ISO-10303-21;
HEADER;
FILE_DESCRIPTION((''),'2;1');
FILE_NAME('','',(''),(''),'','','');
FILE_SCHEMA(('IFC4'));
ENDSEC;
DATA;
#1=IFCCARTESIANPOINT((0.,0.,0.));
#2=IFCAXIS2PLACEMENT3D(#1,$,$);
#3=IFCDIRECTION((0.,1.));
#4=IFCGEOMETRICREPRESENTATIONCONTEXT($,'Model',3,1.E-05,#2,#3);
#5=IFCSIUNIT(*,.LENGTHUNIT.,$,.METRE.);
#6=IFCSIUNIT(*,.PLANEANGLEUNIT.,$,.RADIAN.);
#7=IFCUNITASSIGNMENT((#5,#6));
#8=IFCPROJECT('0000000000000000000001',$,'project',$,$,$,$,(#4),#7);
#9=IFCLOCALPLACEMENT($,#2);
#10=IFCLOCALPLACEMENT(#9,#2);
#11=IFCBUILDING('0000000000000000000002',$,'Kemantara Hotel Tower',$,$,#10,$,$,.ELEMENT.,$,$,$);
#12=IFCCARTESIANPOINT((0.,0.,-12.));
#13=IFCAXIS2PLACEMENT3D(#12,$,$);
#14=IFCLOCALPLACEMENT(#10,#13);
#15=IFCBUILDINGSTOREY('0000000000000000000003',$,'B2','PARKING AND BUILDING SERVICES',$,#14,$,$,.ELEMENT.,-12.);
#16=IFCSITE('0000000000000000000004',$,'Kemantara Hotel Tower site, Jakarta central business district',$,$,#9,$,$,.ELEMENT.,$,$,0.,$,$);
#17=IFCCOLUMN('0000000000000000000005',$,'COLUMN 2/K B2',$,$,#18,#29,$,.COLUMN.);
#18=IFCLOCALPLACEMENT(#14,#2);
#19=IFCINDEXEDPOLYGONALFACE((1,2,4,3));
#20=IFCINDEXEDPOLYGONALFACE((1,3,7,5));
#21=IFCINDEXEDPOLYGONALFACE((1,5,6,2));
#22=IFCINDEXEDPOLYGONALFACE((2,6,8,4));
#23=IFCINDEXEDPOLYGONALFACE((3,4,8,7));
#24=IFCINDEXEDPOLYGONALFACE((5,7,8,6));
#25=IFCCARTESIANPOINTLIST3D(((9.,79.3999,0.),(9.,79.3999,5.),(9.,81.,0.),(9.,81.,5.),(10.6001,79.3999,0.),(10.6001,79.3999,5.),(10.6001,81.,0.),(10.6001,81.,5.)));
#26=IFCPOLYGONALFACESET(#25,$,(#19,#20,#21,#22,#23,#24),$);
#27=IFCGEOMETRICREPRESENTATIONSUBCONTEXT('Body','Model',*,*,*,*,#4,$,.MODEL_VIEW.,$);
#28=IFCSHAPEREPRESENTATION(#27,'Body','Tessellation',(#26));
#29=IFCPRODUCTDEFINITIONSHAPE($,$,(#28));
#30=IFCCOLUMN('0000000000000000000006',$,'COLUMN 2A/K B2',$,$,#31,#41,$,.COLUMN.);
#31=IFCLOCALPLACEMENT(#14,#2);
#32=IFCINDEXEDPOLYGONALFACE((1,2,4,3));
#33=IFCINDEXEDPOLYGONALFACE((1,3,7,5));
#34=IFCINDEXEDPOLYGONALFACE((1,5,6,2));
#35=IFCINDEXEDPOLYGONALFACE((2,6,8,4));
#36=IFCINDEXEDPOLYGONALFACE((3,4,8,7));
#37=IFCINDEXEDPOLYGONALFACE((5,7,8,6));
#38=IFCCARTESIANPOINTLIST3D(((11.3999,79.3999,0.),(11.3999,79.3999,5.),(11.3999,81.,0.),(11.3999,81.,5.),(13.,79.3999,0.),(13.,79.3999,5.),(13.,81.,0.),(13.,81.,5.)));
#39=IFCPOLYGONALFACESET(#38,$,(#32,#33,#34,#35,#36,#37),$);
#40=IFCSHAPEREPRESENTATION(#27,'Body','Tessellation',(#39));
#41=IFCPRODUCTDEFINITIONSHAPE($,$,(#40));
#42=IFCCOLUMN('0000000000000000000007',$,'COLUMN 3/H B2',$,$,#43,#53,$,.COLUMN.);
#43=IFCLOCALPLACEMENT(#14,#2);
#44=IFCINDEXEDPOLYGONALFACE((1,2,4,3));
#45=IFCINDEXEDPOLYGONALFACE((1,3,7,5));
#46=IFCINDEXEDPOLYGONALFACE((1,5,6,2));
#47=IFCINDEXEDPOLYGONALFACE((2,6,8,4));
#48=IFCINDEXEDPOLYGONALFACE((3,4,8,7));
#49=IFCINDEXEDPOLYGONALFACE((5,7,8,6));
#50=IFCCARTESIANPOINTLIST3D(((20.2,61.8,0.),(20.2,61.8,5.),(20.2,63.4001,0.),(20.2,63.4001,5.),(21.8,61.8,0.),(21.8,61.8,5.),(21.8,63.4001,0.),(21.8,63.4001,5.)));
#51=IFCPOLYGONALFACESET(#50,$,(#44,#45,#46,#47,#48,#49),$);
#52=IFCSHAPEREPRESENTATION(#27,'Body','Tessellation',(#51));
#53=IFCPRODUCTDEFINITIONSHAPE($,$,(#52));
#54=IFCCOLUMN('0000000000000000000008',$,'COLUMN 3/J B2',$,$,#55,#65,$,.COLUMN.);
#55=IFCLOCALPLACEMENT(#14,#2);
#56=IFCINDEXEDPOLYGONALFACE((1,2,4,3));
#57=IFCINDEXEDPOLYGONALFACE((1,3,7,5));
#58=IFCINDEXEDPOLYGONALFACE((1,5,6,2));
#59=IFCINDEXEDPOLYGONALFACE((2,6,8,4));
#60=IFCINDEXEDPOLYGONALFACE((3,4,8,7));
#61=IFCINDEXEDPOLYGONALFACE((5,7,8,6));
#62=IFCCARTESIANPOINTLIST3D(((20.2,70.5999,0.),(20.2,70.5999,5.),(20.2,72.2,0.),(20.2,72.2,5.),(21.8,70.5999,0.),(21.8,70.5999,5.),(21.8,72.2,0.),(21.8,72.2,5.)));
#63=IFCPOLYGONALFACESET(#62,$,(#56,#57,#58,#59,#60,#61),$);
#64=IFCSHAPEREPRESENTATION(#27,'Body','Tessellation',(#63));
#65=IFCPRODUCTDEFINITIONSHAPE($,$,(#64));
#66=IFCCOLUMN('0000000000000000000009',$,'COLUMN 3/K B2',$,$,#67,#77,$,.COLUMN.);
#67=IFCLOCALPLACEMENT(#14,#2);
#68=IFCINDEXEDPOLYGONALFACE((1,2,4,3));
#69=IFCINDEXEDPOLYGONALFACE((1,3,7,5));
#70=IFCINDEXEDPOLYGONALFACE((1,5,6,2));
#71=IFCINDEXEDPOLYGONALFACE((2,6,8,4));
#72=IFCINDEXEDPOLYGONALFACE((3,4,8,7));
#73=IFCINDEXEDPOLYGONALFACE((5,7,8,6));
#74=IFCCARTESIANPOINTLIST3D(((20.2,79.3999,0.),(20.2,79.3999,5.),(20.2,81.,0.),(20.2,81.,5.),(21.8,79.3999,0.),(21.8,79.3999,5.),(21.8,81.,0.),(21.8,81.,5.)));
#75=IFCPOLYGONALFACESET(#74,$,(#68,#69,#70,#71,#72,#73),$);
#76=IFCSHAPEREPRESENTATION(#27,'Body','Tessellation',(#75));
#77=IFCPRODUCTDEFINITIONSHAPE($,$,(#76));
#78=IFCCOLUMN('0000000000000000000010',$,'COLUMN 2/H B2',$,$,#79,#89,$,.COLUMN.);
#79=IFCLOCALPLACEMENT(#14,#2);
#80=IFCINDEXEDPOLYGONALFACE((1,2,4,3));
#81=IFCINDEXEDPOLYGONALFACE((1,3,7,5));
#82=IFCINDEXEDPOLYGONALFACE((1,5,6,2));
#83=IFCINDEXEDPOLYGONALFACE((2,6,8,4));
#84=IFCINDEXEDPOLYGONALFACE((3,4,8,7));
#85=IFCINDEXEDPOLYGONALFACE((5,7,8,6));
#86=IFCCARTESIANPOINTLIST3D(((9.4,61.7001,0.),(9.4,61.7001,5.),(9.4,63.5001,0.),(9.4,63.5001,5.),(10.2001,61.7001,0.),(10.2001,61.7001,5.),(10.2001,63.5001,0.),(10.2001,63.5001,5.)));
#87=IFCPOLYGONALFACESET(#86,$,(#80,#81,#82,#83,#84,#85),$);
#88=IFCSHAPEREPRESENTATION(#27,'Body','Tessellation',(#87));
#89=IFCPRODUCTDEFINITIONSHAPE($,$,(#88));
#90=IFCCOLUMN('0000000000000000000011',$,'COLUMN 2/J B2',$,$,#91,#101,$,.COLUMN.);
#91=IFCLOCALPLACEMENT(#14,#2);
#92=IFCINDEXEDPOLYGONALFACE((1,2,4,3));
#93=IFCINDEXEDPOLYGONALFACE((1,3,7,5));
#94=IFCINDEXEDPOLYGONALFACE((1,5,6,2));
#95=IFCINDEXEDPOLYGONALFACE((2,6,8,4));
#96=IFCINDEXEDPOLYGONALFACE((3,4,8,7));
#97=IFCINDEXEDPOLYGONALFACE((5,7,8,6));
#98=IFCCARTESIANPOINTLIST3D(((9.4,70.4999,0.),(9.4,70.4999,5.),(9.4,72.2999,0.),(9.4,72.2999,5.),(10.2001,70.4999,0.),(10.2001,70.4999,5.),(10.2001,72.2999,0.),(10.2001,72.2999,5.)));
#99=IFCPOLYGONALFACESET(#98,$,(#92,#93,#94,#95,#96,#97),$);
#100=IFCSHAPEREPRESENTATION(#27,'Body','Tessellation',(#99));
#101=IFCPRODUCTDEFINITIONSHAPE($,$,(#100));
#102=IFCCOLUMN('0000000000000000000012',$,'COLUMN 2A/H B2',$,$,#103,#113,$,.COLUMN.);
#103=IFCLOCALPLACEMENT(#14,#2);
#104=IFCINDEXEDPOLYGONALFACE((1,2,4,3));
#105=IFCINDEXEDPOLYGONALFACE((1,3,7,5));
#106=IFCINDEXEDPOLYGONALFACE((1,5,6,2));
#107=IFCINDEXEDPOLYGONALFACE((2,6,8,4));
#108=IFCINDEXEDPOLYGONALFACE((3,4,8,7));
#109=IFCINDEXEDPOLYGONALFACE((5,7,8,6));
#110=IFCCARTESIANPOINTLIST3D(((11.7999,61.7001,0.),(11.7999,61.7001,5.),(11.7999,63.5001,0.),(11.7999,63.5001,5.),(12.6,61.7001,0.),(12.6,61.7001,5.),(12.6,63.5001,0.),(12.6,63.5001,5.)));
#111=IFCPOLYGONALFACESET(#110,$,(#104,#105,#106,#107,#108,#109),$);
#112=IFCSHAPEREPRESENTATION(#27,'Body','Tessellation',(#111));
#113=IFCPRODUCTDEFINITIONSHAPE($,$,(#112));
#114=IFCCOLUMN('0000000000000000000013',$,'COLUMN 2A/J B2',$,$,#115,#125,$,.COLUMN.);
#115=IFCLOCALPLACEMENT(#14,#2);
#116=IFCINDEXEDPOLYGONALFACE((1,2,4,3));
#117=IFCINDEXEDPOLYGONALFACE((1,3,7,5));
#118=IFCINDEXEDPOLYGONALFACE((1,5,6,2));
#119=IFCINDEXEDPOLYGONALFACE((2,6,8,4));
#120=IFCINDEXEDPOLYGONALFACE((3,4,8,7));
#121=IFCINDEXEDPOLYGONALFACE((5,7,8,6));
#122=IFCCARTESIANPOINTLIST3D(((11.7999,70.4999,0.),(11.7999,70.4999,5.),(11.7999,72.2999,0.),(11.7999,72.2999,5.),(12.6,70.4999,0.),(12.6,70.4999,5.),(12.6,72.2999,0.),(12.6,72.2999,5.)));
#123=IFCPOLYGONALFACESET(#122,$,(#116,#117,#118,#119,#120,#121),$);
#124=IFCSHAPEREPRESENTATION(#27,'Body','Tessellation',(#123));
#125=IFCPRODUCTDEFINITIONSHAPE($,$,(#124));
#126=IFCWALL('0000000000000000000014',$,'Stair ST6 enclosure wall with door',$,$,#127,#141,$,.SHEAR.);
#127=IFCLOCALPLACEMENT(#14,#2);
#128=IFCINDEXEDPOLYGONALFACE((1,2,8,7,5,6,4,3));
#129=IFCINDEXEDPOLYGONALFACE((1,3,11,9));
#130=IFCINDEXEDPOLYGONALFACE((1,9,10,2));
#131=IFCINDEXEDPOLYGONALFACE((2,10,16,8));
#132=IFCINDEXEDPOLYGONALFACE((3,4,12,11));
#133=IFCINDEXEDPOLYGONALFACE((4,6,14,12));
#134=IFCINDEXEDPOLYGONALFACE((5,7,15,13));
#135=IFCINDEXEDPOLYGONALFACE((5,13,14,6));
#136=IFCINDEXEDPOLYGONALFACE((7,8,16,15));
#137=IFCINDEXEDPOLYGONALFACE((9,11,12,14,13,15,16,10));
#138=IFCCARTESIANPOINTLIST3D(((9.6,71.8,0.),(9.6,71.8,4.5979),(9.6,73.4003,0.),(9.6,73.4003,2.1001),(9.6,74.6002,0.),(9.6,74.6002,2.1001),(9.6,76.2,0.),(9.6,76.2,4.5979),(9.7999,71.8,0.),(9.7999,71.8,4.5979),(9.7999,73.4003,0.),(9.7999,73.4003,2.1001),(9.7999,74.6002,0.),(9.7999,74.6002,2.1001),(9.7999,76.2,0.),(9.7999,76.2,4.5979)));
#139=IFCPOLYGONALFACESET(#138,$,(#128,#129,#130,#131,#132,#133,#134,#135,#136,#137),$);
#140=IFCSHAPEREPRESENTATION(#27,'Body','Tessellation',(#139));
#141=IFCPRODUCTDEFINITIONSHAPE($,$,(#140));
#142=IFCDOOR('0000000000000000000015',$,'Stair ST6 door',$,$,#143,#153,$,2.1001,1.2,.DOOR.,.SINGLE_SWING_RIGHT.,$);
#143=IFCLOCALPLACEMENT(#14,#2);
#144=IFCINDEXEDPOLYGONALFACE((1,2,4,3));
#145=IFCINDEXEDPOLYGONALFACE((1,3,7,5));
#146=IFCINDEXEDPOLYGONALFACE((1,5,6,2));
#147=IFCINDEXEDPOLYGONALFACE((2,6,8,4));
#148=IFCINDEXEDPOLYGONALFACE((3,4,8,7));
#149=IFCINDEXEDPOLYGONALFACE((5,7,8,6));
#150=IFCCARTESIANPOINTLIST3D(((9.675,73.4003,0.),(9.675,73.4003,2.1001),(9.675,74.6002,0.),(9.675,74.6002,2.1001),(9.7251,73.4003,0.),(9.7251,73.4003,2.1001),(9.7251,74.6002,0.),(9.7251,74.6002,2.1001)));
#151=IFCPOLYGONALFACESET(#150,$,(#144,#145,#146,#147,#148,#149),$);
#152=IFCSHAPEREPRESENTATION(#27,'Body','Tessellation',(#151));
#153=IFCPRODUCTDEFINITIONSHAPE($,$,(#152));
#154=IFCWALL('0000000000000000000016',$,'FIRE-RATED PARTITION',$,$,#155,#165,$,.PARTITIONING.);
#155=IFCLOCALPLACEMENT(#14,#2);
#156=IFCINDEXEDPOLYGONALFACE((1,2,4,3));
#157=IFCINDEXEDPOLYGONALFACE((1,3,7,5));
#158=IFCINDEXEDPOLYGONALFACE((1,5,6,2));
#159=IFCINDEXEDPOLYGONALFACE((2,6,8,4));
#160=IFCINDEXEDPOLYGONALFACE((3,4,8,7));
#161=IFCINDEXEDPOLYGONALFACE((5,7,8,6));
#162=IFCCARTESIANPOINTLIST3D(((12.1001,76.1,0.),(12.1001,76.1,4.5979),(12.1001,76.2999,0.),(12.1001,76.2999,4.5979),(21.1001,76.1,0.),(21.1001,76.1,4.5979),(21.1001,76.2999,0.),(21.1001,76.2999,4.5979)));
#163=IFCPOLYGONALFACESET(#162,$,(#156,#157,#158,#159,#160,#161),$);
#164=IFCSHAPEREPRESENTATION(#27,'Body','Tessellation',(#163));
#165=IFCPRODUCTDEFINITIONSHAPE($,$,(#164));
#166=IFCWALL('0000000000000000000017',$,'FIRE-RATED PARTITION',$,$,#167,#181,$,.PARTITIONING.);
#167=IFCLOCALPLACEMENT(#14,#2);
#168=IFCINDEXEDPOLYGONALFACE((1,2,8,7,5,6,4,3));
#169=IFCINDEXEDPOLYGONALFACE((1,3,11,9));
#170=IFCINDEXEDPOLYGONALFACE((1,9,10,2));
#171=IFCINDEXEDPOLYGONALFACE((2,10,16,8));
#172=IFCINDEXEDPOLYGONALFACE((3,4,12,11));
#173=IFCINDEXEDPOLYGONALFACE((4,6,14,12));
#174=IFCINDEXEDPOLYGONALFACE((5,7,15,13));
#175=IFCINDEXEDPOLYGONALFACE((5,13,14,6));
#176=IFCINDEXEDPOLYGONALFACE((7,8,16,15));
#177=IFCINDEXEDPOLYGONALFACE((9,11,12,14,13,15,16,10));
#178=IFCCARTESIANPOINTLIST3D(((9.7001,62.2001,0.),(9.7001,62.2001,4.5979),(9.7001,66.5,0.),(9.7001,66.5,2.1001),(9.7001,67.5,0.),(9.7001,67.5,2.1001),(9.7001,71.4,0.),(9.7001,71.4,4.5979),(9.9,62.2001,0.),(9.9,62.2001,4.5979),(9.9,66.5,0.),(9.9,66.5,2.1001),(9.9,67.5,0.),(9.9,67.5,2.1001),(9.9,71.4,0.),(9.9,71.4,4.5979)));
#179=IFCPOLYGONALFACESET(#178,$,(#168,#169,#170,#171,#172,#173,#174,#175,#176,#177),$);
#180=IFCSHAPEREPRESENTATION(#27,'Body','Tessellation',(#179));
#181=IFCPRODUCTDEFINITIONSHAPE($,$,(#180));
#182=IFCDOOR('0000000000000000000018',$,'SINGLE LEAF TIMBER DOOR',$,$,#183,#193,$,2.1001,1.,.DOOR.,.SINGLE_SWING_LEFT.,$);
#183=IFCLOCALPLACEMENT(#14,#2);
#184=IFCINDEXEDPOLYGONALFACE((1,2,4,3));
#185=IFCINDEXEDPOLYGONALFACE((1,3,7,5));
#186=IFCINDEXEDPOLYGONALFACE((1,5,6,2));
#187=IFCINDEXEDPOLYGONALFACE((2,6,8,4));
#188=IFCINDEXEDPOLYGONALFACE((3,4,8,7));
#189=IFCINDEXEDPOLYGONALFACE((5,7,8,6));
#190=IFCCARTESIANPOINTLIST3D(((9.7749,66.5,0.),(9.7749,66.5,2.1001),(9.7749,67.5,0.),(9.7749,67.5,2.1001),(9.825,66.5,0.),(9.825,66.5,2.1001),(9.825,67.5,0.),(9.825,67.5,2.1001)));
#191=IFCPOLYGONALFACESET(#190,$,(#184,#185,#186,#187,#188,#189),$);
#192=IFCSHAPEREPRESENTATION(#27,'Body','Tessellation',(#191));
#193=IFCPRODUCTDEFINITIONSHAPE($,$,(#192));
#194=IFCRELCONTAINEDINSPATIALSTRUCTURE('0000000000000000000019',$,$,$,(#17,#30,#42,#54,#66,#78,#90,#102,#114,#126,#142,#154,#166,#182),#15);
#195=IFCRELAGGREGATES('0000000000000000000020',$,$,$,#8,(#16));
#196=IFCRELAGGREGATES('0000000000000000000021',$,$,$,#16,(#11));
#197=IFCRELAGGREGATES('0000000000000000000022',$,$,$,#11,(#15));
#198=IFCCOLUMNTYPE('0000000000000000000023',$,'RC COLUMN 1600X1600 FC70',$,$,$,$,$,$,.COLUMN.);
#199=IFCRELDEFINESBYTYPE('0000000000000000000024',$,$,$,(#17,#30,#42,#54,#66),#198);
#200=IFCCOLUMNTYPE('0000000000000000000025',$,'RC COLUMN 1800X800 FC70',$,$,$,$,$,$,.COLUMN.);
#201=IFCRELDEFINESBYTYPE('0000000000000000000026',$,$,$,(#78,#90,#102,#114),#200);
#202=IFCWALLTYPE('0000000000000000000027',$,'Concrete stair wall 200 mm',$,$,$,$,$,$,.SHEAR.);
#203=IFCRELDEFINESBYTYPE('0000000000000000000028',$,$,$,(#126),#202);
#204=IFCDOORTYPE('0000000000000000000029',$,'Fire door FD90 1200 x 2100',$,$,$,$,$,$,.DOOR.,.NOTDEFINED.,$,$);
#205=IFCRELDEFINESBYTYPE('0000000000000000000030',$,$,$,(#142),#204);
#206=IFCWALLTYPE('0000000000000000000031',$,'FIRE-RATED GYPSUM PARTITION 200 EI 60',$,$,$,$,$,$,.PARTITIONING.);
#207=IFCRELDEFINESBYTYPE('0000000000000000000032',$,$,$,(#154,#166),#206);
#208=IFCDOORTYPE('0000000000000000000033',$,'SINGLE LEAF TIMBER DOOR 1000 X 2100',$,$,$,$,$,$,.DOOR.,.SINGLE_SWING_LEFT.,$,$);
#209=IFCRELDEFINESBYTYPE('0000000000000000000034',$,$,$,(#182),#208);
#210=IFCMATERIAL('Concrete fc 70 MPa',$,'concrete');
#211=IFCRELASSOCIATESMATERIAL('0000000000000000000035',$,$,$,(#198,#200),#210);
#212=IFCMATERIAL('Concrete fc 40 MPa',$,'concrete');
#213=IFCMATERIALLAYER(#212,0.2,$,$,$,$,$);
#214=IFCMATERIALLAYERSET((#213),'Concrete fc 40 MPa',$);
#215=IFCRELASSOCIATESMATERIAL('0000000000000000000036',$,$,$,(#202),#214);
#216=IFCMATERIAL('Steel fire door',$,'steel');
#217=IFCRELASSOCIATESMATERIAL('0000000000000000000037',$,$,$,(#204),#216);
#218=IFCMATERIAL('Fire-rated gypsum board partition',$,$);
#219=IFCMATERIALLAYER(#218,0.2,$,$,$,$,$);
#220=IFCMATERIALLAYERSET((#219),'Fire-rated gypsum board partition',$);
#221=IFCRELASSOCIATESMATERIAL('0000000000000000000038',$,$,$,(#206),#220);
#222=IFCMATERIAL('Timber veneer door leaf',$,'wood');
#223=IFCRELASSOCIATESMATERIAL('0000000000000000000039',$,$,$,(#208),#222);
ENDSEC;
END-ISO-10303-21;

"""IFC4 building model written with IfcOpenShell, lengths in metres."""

from ifc_helpers import new_model, si_unit, direction, frame, frame_2d, origin, origin_2d, place, context, subcontext, project, spatial, rectangle, extrude, material, layer, layer_set, material_profile, profile_set, type_object, element, fill, save


model = new_model("IFC4")

# Units and contexts
model_context = context("Model", 3, precision=1e-05, world=origin(), true_north=direction((0.0, 1.0)))
body_context = subcontext(model_context, "Body", "Model", "MODEL_VIEW")
ifc_project = project(units=[si_unit("LENGTHUNIT", "METRE"), si_unit("PLANEANGLEUNIT", "RADIAN")], contexts=[model_context])

# Site, building, storey
site_placement = place(None, origin())
site = spatial("IfcSite", under=ifc_project, at=site_placement, Name="Kemantara Hotel Tower site, Jakarta central business district", CompositionType="ELEMENT", RefElevation=0.0)
building_placement = place(site_placement, origin())
building = spatial("IfcBuilding", under=site, at=building_placement, Name="Kemantara Hotel Tower", CompositionType="ELEMENT")
storey_placement = place(building_placement, frame((0.0, 0.0, -12.0)))
storey = spatial("IfcBuildingStorey", under=building, at=storey_placement, Name="B2", Description="PARKING AND BUILDING SERVICES", CompositionType="ELEMENT", Elevation=-12.0)

# Columns
ifc_material_1 = material(Name="Concrete fc 70 MPa", Category="concrete")
ifc_material_profile_1 = material_profile(ifc_material_1, rectangle(XDim=1.6001, YDim=1.6001, at=origin_2d()), Name="RC 1600X1600")
ifc_profile_set_1 = profile_set([ifc_material_profile_1], Name="Concrete fc 70 MPa")
column_type_1 = type_object("IfcColumnType", Name="RC COLUMN 1600X1600 FC70", PredefinedType="COLUMN", material=ifc_profile_set_1)
for number, where, z_axis, x_axis, name in (
    (1, (9.8, 80.2, 0.0), (0.0, 0.0, 1.0), (1.0, 0.0, 0.0), "COLUMN 2/K B2"),
    (2, (12.2, 80.2, 0.0), (0.0, 0.0, 1.0), (1.0, 0.0, 0.0), "COLUMN 2A/K B2"),
    (3, (21.0, 62.6001, 0.0), (0.0, 0.0, 1.0), (1.0, 0.0, 0.0), "COLUMN 3/H B2"),
    (4, (21.0, 71.3999, 0.0), (0.0, 0.0, 1.0), (1.0, 0.0, 0.0), "COLUMN 3/J B2"),
    (5, (21.0, 80.2, 0.0), (0.0, 0.0, 1.0), (1.0, 0.0, 0.0), "COLUMN 3/K B2"),
):
    element("IfcColumn", number, at=place(storey_placement, frame(where, z_axis=z_axis, x_axis=x_axis)), inside=storey, type_object=column_type_1, Name=name, PredefinedType="COLUMN", context=body_context, shape_type="SweptSolid", body=[
        extrude(rectangle(XDim=1.6001, YDim=1.6001, at=origin_2d()), origin(), (0.0, 0.0, 1.0), 5.0),
    ])
ifc_material_profile_2 = material_profile(ifc_material_1, rectangle(XDim=1.8, YDim=0.8, at=origin_2d()), Name="RC 1800X800")
ifc_profile_set_2 = profile_set([ifc_material_profile_2], Name="Concrete fc 70 MPa")
column_type_2 = type_object("IfcColumnType", Name="RC COLUMN 1800X800 FC70", PredefinedType="COLUMN", material=ifc_profile_set_2)
for number, where, z_axis, x_axis, name in (
    (6, (9.8, 62.6001, 0.0), (0.0, 0.0, 1.0), (0.0, 1.0, 0.0), "COLUMN 2/H B2"),
    (7, (9.8, 71.3999, 0.0), (0.0, 0.0, 1.0), (0.0, 1.0, 0.0), "COLUMN 2/J B2"),
    (8, (12.2, 62.6001, 0.0), (0.0, 0.0, 1.0), (0.0, 1.0, 0.0), "COLUMN 2A/H B2"),
    (9, (12.2, 71.3999, 0.0), (0.0, 0.0, 1.0), (0.0, 1.0, 0.0), "COLUMN 2A/J B2"),
):
    element("IfcColumn", number, at=place(storey_placement, frame(where, z_axis=z_axis, x_axis=x_axis)), inside=storey, type_object=column_type_2, Name=name, PredefinedType="COLUMN", context=body_context, shape_type="SweptSolid", body=[
        extrude(rectangle(XDim=1.8, YDim=0.8, at=origin_2d()), origin(), (0.0, 0.0, 1.0), 5.0),
    ])

# Wall, opening, door
ifc_material_2 = material(Name="Concrete fc 40 MPa", Category="concrete")
ifc_layer_1 = layer(ifc_material_2, 0.2)
ifc_layer_set_1 = layer_set([ifc_layer_1], Name="Concrete fc 40 MPa")
wall_type_1 = type_object("IfcWallType", Name="Concrete stair wall 200 mm", PredefinedType="SHEAR", material=ifc_layer_set_1)
wall_1_placement = place(storey_placement, frame((9.7, 71.8, 0.0), z_axis=(0.0, 0.0, 1.0), x_axis=(0.0, 1.0, 0.0)))
wall_1 = element("IfcWall", 10, at=wall_1_placement, inside=storey, type_object=wall_type_1, Name="Stair ST6 enclosure wall with door", PredefinedType="SHEAR", context=body_context, shape_type="SweptSolid", body=[
    extrude(rectangle(XDim=4.3999, YDim=0.2, at=frame_2d((2.2, 0.0))), origin(), (0.0, 0.0, 1.0), 4.5979),
])
opening_1_placement = place(wall_1_placement, frame((1.6001, 0.0, 0.0)))
opening_1 = element("IfcOpeningElement", 11, at=opening_1_placement, cuts=wall_1, PredefinedType="OPENING", context=body_context, shape_type="SweptSolid", body=[
    extrude(rectangle(XDim=1.2, YDim=2.1001, at=frame_2d((0.6001, 1.05))), frame((0.0, 0.1099, 0.0), z_axis=(0.0, -1.0, 0.0), x_axis=(1.0, 0.0, 0.0)), (0.0, 0.0, 1.0), 0.22),
])
ifc_material_3 = material(Name="Steel fire door", Category="steel")
door_type_1 = type_object("IfcDoorType", Name="Fire door FD90 1200 x 2100", OperationType="NOTDEFINED", PredefinedType="DOOR", material=ifc_material_3)
door_1_placement = place(opening_1_placement, origin())
door_1 = element("IfcDoor", 12, at=door_1_placement, inside=storey, type_object=door_type_1, Name="Stair ST6 door", OperationType="SINGLE_SWING_RIGHT", OverallHeight=2.1001, OverallWidth=1.2, PredefinedType="DOOR", context=body_context, shape_type="SweptSolid", body=[
    extrude(rectangle(XDim=1.2, YDim=2.1001, at=frame_2d((0.6001, 1.05))), frame((0.0, 0.0249, 0.0), z_axis=(0.0, -1.0, 0.0), x_axis=(1.0, 0.0, 0.0)), (0.0, 0.0, 1.0), 0.05),
])
fill(opening_1, door_1)

# Wall
ifc_material_4 = material(Name="Fire-rated gypsum board partition")
ifc_layer_2 = layer(ifc_material_4, 0.2)
ifc_layer_set_2 = layer_set([ifc_layer_2], Name="Fire-rated gypsum board partition")
wall_type_2 = type_object("IfcWallType", Name="FIRE-RATED GYPSUM PARTITION 200 EI 60", PredefinedType="PARTITIONING", material=ifc_layer_set_2)
wall_2_placement = place(storey_placement, frame((12.1001, 76.2, 0.0), z_axis=(0.0, 0.0, 1.0), x_axis=(1.0, 0.0, 0.0)))
element("IfcWall", 13, at=wall_2_placement, inside=storey, type_object=wall_type_2, Name="FIRE-RATED PARTITION", PredefinedType="PARTITIONING", context=body_context, shape_type="SweptSolid", body=[
    extrude(rectangle(XDim=9.0, YDim=0.2, at=frame_2d((4.5, 0.0))), origin(), (0.0, 0.0, 1.0), 4.5979),
])

# Wall, opening, door
wall_3_placement = place(storey_placement, frame((9.8, 62.2, 0.0), z_axis=(0.0, 0.0, 1.0), x_axis=(0.0, 1.0, 0.0)))
wall_3 = element("IfcWall", 14, at=wall_3_placement, inside=storey, type_object=wall_type_2, Name="FIRE-RATED PARTITION", PredefinedType="PARTITIONING", context=body_context, shape_type="SweptSolid", body=[
    extrude(rectangle(XDim=9.2, YDim=0.2, at=frame_2d((4.6001, 0.0))), origin(), (0.0, 0.0, 1.0), 4.5979),
])
opening_2_placement = place(wall_3_placement, frame((4.3, 0.0, 0.0)))
opening_2 = element("IfcOpeningElement", 15, at=opening_2_placement, cuts=wall_3, PredefinedType="OPENING", context=body_context, shape_type="SweptSolid", body=[
    extrude(rectangle(XDim=1.0, YDim=2.1001, at=frame_2d((0.5, 1.05))), frame((0.0, 0.1099, 0.0), z_axis=(0.0, -1.0, 0.0), x_axis=(1.0, 0.0, 0.0)), (0.0, 0.0, 1.0), 0.22),
])
ifc_material_5 = material(Name="Timber veneer door leaf", Category="wood")
door_type_2 = type_object("IfcDoorType", Name="SINGLE LEAF TIMBER DOOR 1000 X 2100", OperationType="SINGLE_SWING_LEFT", PredefinedType="DOOR", material=ifc_material_5)
door_2_placement = place(opening_2_placement, frame((1.0, 0.0, 0.0), z_axis=(0.0, 0.0, 1.0), x_axis=(-1.0, 0.0, 0.0)))
door_2 = element("IfcDoor", 16, at=door_2_placement, inside=storey, type_object=door_type_2, Name="SINGLE LEAF TIMBER DOOR", OperationType="SINGLE_SWING_LEFT", OverallHeight=2.1001, OverallWidth=1.0, PredefinedType="DOOR", context=body_context, shape_type="SweptSolid", body=[
    extrude(rectangle(XDim=1.0, YDim=2.1001, at=frame_2d((0.5, 1.05))), frame((0.0, 0.0249, 0.0), z_axis=(0.0, -1.0, 0.0), x_axis=(1.0, 0.0, 0.0)), (0.0, 0.0, 1.0), 0.05),
])
fill(opening_2, door_2)

save(model, "model.ifc")
